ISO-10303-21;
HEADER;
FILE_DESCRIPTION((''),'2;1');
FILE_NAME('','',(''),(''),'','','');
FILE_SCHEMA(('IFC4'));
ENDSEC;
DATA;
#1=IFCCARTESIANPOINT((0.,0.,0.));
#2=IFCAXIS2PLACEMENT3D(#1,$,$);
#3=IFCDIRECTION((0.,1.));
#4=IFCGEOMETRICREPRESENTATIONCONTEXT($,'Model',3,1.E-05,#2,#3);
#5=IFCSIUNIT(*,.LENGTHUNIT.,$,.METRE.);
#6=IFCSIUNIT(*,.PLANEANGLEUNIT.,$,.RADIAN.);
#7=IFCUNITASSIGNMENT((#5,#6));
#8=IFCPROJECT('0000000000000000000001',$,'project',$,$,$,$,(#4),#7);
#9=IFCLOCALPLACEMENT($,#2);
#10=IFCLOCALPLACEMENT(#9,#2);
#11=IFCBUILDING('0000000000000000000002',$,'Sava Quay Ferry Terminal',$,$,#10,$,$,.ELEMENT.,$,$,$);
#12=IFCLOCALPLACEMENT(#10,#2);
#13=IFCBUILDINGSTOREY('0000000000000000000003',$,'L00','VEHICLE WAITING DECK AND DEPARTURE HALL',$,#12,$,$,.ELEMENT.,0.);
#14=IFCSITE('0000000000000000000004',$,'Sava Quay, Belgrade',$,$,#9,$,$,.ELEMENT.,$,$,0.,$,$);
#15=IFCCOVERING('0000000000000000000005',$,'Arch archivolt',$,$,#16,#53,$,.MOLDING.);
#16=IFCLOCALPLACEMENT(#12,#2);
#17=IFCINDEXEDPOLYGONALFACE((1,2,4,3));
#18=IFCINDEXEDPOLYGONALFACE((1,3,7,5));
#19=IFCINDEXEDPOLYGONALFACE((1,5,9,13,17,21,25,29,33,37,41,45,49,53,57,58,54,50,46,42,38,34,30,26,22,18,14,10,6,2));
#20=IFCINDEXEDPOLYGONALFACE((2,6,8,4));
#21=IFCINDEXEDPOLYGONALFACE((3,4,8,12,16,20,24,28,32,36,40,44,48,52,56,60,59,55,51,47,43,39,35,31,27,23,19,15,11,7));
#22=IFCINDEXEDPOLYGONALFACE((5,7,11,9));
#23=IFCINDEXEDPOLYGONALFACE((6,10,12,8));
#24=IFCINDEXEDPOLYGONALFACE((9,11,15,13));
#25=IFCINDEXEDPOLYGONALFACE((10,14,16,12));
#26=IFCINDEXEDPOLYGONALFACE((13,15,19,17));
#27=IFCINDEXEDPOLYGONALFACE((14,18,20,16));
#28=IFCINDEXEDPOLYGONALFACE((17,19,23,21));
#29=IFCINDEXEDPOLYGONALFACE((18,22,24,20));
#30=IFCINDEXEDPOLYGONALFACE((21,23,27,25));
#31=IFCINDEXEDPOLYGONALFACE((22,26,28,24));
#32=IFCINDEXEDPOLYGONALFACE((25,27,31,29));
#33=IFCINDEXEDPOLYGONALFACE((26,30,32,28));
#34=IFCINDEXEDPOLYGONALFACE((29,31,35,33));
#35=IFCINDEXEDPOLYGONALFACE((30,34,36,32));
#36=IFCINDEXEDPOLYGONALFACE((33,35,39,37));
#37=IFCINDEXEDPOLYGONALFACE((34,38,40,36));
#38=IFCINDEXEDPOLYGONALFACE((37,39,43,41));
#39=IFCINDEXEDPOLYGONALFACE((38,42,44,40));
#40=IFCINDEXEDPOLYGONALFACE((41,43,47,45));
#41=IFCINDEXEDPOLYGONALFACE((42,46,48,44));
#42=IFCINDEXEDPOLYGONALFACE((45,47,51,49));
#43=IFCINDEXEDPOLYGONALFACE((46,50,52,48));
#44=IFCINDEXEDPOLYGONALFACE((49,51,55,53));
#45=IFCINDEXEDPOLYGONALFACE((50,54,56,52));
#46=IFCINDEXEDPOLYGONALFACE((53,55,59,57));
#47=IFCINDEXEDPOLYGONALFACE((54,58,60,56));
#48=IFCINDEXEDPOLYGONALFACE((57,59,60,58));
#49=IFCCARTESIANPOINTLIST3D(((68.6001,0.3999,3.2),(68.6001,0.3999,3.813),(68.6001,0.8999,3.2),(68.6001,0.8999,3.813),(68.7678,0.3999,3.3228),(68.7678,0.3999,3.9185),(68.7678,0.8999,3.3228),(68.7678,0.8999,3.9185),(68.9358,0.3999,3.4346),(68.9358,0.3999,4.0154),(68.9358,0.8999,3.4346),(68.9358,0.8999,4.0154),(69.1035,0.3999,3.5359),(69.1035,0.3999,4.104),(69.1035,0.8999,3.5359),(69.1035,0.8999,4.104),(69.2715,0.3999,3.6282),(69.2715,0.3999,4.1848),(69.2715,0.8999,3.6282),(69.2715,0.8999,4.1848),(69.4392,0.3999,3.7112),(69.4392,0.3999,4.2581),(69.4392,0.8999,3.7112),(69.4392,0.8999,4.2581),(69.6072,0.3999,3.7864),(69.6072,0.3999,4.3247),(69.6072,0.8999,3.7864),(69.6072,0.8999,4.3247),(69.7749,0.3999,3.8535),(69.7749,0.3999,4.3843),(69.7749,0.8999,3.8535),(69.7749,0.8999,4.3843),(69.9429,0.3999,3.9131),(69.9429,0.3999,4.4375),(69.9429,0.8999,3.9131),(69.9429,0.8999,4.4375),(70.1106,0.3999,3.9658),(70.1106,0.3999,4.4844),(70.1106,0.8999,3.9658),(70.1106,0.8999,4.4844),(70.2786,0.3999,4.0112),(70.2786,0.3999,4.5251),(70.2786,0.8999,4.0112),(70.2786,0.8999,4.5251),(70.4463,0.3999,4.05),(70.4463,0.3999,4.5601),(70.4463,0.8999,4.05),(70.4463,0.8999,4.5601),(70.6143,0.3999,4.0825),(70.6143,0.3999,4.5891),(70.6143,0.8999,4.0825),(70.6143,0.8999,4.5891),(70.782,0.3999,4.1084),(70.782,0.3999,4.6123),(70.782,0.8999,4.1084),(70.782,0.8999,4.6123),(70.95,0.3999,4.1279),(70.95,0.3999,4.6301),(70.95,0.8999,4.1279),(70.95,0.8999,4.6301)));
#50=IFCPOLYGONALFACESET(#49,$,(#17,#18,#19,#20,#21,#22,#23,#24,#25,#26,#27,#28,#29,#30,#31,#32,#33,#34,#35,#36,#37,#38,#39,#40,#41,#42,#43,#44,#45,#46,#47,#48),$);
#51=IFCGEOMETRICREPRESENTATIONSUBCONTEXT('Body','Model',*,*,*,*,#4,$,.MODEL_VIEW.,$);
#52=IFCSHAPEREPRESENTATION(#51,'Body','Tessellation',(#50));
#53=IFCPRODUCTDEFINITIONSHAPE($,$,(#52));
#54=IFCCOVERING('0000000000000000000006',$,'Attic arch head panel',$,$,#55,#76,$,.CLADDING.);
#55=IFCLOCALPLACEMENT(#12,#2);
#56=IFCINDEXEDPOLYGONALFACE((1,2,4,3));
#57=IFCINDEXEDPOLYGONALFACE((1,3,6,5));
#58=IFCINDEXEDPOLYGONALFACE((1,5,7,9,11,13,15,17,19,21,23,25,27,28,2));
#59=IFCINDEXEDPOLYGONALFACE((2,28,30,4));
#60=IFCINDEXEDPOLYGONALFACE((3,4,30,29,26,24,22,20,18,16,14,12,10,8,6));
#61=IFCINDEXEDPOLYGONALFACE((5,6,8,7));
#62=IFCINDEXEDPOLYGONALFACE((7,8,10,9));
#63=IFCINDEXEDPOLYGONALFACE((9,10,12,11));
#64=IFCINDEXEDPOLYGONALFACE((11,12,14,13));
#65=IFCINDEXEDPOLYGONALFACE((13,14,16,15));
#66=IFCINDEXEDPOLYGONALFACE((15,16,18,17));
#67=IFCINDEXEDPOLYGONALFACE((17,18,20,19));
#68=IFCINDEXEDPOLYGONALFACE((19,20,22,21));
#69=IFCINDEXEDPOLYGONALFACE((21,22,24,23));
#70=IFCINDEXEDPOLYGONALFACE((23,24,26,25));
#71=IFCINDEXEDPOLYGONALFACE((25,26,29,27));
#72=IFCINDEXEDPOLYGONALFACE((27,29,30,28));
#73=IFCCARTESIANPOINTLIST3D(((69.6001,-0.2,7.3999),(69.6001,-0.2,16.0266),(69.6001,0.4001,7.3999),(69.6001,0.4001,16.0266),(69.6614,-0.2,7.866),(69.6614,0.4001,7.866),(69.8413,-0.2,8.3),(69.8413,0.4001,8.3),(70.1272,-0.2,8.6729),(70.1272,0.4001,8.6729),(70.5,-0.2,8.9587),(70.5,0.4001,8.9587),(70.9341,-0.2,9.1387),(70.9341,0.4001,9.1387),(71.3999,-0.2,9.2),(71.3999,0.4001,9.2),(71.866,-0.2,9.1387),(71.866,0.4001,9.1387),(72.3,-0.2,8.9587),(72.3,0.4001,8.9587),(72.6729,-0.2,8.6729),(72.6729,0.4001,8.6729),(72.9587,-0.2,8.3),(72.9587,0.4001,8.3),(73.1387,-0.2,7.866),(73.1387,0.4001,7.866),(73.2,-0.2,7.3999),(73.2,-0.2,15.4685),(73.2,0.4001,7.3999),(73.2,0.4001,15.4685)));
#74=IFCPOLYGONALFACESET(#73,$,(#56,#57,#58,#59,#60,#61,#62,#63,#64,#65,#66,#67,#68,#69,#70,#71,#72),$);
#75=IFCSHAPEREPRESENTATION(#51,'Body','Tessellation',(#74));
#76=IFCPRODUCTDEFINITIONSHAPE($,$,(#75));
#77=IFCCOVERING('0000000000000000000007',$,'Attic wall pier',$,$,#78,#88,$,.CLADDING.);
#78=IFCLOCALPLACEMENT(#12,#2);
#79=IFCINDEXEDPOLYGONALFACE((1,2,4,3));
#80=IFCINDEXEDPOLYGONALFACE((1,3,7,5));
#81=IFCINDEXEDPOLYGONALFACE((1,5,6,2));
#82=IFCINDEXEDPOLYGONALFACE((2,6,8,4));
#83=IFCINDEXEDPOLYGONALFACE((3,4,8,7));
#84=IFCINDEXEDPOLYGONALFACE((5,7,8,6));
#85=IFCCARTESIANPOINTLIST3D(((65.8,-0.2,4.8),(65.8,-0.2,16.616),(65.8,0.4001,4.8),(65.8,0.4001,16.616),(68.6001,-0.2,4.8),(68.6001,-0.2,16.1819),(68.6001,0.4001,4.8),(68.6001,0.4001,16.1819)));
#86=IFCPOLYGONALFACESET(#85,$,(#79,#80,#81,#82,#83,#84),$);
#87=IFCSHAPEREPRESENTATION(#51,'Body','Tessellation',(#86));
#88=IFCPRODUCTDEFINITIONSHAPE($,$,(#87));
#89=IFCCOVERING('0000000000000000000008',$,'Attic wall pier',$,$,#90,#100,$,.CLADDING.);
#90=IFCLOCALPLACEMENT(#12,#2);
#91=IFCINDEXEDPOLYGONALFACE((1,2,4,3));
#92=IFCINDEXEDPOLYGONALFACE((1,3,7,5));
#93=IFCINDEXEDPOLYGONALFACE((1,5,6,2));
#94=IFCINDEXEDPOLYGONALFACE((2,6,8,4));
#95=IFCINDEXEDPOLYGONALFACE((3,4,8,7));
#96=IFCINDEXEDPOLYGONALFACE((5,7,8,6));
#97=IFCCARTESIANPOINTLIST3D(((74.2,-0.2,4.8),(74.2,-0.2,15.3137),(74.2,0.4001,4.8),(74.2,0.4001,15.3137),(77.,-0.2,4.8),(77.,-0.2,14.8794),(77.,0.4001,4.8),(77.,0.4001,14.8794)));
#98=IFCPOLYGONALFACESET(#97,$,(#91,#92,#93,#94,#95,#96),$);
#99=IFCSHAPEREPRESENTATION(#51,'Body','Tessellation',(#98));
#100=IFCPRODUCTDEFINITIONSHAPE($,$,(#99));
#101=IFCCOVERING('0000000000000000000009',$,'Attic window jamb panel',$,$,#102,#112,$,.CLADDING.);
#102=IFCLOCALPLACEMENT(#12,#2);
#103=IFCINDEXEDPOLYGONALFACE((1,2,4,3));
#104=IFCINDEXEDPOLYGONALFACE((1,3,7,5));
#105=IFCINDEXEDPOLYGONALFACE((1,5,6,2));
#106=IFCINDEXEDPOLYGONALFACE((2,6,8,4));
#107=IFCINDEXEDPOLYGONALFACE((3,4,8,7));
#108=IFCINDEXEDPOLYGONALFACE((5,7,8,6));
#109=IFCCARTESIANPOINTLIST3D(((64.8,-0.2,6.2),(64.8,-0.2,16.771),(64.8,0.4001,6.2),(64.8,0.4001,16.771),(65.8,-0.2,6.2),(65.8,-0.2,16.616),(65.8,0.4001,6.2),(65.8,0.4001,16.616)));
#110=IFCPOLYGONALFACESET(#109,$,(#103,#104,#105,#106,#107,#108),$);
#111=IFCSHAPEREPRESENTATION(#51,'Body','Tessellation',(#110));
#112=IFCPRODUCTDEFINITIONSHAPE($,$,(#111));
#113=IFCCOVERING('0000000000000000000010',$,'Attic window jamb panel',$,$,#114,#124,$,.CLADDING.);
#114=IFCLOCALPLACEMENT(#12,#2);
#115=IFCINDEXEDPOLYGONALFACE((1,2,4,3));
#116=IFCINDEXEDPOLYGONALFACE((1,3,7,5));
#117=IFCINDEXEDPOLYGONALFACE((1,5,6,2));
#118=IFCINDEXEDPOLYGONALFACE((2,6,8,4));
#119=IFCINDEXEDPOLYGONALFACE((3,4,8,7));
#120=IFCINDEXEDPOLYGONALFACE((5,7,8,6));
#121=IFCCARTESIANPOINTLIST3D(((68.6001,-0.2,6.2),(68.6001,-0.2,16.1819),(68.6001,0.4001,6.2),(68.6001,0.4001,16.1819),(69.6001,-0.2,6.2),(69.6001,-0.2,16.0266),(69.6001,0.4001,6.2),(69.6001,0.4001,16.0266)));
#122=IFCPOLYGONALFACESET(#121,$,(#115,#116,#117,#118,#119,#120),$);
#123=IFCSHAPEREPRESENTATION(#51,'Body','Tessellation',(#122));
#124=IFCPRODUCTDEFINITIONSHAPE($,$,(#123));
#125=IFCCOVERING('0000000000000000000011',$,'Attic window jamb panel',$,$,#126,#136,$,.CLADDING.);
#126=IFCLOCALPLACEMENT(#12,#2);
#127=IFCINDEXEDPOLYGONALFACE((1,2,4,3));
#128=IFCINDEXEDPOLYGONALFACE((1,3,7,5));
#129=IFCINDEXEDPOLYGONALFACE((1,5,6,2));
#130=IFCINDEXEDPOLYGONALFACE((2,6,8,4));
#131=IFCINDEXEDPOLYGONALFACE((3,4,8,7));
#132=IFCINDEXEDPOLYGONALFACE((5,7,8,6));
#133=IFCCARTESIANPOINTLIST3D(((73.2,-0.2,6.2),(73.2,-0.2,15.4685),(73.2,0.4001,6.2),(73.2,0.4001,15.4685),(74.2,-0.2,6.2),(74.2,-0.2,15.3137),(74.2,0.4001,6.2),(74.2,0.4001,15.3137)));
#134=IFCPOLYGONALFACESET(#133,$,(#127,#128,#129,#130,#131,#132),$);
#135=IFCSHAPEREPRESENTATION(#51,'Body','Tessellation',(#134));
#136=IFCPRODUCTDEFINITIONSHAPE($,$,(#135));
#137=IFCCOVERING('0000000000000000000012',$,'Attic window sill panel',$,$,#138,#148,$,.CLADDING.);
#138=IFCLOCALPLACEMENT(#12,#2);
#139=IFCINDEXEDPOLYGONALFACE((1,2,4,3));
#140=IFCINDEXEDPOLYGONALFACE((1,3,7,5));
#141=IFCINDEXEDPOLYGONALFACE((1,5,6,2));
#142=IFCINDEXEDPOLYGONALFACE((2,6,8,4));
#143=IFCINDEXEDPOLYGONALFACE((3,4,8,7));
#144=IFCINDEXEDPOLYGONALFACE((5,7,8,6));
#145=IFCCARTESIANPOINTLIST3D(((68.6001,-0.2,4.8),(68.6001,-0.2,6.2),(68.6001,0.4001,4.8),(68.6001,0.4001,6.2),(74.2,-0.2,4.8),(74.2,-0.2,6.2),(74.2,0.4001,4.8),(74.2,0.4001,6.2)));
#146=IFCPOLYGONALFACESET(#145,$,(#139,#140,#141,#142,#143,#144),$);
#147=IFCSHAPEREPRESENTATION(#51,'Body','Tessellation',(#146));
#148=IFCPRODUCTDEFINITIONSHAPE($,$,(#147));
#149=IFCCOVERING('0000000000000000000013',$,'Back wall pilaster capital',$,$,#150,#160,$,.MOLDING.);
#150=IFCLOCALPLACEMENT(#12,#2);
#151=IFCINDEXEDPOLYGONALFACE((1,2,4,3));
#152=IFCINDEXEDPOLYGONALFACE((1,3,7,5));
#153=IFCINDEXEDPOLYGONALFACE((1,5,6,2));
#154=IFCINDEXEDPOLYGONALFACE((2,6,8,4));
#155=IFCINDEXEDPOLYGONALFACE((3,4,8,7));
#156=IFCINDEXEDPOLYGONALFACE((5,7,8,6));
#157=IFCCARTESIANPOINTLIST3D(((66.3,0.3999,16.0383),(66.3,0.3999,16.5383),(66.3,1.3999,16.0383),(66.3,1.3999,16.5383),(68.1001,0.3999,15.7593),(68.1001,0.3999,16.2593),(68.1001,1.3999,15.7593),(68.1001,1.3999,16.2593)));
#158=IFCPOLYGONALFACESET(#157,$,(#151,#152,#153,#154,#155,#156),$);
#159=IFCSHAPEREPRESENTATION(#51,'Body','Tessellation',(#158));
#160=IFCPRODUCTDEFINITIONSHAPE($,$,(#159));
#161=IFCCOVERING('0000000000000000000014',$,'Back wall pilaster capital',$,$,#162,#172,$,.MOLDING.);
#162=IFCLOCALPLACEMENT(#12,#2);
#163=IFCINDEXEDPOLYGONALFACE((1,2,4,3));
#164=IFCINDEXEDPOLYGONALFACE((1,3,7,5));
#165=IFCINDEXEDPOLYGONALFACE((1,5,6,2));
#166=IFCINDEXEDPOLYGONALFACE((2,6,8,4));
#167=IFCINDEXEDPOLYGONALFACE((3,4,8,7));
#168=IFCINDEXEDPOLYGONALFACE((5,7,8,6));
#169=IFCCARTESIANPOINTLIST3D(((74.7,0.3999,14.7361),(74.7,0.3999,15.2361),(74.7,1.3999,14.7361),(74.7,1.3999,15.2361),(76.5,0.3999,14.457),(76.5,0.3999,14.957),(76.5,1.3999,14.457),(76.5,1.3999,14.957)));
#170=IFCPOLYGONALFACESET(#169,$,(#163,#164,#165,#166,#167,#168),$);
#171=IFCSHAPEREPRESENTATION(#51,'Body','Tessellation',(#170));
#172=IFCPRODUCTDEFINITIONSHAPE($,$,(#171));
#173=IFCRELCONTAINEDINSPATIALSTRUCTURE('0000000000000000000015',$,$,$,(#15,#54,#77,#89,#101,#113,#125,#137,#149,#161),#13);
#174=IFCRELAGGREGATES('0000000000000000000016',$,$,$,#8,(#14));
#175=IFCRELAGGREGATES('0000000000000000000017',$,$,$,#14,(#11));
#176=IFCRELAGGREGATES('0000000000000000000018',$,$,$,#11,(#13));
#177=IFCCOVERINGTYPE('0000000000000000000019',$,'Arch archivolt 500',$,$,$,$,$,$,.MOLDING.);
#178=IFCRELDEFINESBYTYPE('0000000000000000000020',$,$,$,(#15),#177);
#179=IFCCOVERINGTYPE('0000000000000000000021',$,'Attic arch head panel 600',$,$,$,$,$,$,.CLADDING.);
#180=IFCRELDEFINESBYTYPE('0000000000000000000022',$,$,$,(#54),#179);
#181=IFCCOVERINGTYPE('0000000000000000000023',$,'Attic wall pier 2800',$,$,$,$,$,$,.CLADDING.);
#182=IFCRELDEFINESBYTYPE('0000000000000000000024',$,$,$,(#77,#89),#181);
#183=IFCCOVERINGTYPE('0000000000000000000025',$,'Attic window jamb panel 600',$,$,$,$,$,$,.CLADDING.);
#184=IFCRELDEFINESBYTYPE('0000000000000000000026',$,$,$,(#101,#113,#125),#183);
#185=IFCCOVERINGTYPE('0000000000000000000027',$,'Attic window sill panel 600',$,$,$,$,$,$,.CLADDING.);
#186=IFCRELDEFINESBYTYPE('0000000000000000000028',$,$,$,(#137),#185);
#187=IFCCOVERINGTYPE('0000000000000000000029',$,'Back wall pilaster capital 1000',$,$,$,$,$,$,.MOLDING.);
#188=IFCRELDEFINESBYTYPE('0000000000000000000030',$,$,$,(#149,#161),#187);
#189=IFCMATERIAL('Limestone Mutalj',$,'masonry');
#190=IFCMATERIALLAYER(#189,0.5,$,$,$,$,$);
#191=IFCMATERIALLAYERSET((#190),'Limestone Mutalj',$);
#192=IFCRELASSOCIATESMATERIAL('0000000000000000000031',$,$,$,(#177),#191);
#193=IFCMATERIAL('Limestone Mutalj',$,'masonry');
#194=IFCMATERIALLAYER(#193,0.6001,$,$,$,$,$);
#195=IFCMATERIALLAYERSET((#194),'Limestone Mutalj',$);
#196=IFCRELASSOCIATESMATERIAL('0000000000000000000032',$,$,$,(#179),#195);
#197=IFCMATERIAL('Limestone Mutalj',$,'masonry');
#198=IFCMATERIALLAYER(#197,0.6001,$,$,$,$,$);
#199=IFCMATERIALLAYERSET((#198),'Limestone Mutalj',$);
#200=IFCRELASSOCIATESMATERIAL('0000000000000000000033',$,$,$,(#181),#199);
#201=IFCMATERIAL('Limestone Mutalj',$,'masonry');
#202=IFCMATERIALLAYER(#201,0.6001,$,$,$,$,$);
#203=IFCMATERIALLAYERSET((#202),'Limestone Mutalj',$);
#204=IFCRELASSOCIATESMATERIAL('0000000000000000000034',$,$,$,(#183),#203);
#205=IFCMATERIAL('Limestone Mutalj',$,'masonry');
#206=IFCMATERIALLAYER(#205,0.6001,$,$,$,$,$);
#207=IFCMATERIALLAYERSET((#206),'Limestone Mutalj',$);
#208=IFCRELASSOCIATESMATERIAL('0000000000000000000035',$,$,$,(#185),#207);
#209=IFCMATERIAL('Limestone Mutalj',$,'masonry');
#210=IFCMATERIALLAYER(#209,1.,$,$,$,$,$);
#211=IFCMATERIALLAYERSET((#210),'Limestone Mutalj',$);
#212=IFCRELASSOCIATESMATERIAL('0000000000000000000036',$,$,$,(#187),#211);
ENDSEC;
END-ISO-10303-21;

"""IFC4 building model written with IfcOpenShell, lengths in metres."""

from ifc_helpers import new_model, si_unit, direction, frame, origin, place, context, subcontext, project, spatial, polyline, outline, extrude, material, layer, layer_set, type_object, element, save


model = new_model("IFC4")

# Units and contexts
model_context = context("Model", 3, precision=1e-05, world=origin(), true_north=direction((0.0, 1.0)))
body_context = subcontext(model_context, "Body", "Model", "MODEL_VIEW")
ifc_project = project(units=[si_unit("LENGTHUNIT", "METRE"), si_unit("PLANEANGLEUNIT", "RADIAN")], contexts=[model_context])

# Site, building, storey
site_placement = place(None, origin())
site = spatial("IfcSite", under=ifc_project, at=site_placement, Name="Sava Quay, Belgrade", CompositionType="ELEMENT", RefElevation=0.0)
building_placement = place(site_placement, origin())
building = spatial("IfcBuilding", under=site, at=building_placement, Name="Sava Quay Ferry Terminal", CompositionType="ELEMENT")
storey_placement = place(building_placement, origin())
storey = spatial("IfcBuildingStorey", under=building, at=storey_placement, Name="L00", Description="VEHICLE WAITING DECK AND DEPARTURE HALL", CompositionType="ELEMENT", Elevation=0.0)

# Coverings
ifc_material_1 = material(Name="Limestone Mutalj", Category="masonry")
ifc_layer_1 = layer(ifc_material_1, 0.5)
ifc_layer_set_1 = layer_set([ifc_layer_1], Name="Limestone Mutalj")
covering_type_1 = type_object("IfcCoveringType", Name="Arch archivolt 500", PredefinedType="MOLDING", material=ifc_layer_set_1)
covering_1_placement = place(storey_placement, frame((68.6001, 0.3999, 3.2), z_axis=(0.0, -1.0, 0.0), x_axis=(0.806853, 0.0, 0.590753)))
element("IfcCovering", 1, at=covering_1_placement, inside=storey, type_object=covering_type_1, Name="Arch archivolt", PredefinedType="MOLDING", context=body_context, shape_type="SweptSolid", body=[
    extrude(outline(polyline([(0.0, 0.0), (0.2079, 0.0), (0.4095, -0.009), (0.6046, -0.0263), (0.7947, -0.0511), (0.9791, -0.0832), (1.159, -0.1218), (1.334, -0.1667), (1.5047, -0.2179), (1.6712, -0.2744), (1.8335, -0.337), (1.9918, -0.4047), (2.1465, -0.4778), (2.2971, -0.556), (2.4442, -0.6394), (2.7409, -0.2342), (2.5948, -0.1494), (2.4458, -0.069), (2.2931, 0.0068), (2.1371, 0.0777), (1.9775, 0.144), (1.8145, 0.2053), (1.6475, 0.2616), (1.477, 0.3126), (1.3021, 0.358), (1.1235, 0.398), (0.9403, 0.432), (0.7526, 0.4596), (0.5598, 0.4806), (0.3622, 0.4946), (0.0, 0.0)])), origin(), (0.0, 0.0, -1.0), 0.5),
])
ifc_material_2 = material(Name="Limestone Mutalj", Category="masonry")
ifc_layer_2 = layer(ifc_material_2, 0.6001)
ifc_layer_set_2 = layer_set([ifc_layer_2], Name="Limestone Mutalj")
covering_type_2 = type_object("IfcCoveringType", Name="Attic arch head panel 600", PredefinedType="CLADDING", material=ifc_layer_set_2)
covering_2_placement = place(storey_placement, frame((69.6001, -0.2, 7.3999), z_axis=(0.0, -1.0, 0.0), x_axis=(0.13036, 0.0, 0.991467)))
element("IfcCovering", 2, at=covering_2_placement, inside=storey, type_object=covering_type_2, Name="Attic arch head panel", PredefinedType="CLADDING", context=body_context, shape_type="SweptSolid", body=[
    extrude(outline(polyline([(0.0, 0.0), (0.4701, 0.0), (0.9239, -0.1218), (1.3308, -0.3567), (1.6628, -0.689), (1.8978, -1.0959), (2.0193, -1.5498), (2.0193, -2.0199), (1.8975, -2.4737), (1.6627, -2.8806), (1.3303, -3.2126), (0.9234, -3.4476), (0.4693, -3.5691), (8.469, -2.5173), (8.5531, 1.1246), (0.0, 0.0)])), origin(), (0.0, 0.0, -1.0), 0.6001),
])
ifc_material_3 = material(Name="Limestone Mutalj", Category="masonry")
ifc_layer_3 = layer(ifc_material_3, 0.6001)
ifc_layer_set_3 = layer_set([ifc_layer_3], Name="Limestone Mutalj")
covering_type_3 = type_object("IfcCoveringType", Name="Attic wall pier 2800", PredefinedType="CLADDING", material=ifc_layer_set_3)
covering_3_placement = place(storey_placement, frame((65.8, -0.2, 4.8), z_axis=(0.0, -1.0, 0.0), x_axis=(1.0, 0.0, 0.0)))
element("IfcCovering", 3, at=covering_3_placement, inside=storey, type_object=covering_type_3, Name="Attic wall pier", PredefinedType="CLADDING", context=body_context, shape_type="SweptSolid", body=[
    extrude(outline(polyline([(0.0, 0.0), (2.8, 0.0), (2.8, 11.3818), (0.0, 11.8159), (0.0, 0.0)])), origin(), (0.0, 0.0, -1.0), 0.6001),
])
covering_4_placement = place(storey_placement, frame((74.2, -0.2, 4.8), z_axis=(0.0, -1.0, 0.0), x_axis=(1.0, 0.0, 0.0)))
element("IfcCovering", 4, at=covering_4_placement, inside=storey, type_object=covering_type_3, Name="Attic wall pier", PredefinedType="CLADDING", context=body_context, shape_type="SweptSolid", body=[
    extrude(outline(polyline([(0.0, 0.0), (2.8, 0.0), (2.8, 10.0793), (0.0, 10.5137), (0.0, 0.0)])), origin(), (0.0, 0.0, -1.0), 0.6001),
])
ifc_material_4 = material(Name="Limestone Mutalj", Category="masonry")
ifc_layer_4 = layer(ifc_material_4, 0.6001)
ifc_layer_set_4 = layer_set([ifc_layer_4], Name="Limestone Mutalj")
covering_type_4 = type_object("IfcCoveringType", Name="Attic window jamb panel 600", PredefinedType="CLADDING", material=ifc_layer_set_4)
covering_5_placement = place(storey_placement, frame((64.8, -0.2, 6.2), z_axis=(0.0, -1.0, 0.0), x_axis=(1.0, 0.0, 0.0)))
element("IfcCovering", 5, at=covering_5_placement, inside=storey, type_object=covering_type_4, Name="Attic window jamb panel", PredefinedType="CLADDING", context=body_context, shape_type="SweptSolid", body=[
    extrude(outline(polyline([(0.0, 0.0), (1.0, 0.0), (1.0, 10.416), (0.0, 10.571), (0.0, 0.0)])), origin(), (0.0, 0.0, -1.0), 0.6001),
])
covering_6_placement = place(storey_placement, frame((68.6001, -0.2, 6.2), z_axis=(0.0, -1.0, 0.0), x_axis=(1.0, 0.0, 0.0)))
element("IfcCovering", 6, at=covering_6_placement, inside=storey, type_object=covering_type_4, Name="Attic window jamb panel", PredefinedType="CLADDING", context=body_context, shape_type="SweptSolid", body=[
    extrude(outline(polyline([(0.0, 0.0), (1.0, 0.0), (1.0, 9.8267), (0.0, 9.9819), (0.0, 0.0)])), origin(), (0.0, 0.0, -1.0), 0.6001),
])
covering_7_placement = place(storey_placement, frame((73.2, -0.2, 6.2), z_axis=(0.0, -1.0, 0.0), x_axis=(1.0, 0.0, 0.0)))
element("IfcCovering", 7, at=covering_7_placement, inside=storey, type_object=covering_type_4, Name="Attic window jamb panel", PredefinedType="CLADDING", context=body_context, shape_type="SweptSolid", body=[
    extrude(outline(polyline([(0.0, 0.0), (1.0, 0.0), (1.0, 9.1138), (0.0, 9.2686), (0.0, 0.0)])), origin(), (0.0, 0.0, -1.0), 0.6001),
])
ifc_material_5 = material(Name="Limestone Mutalj", Category="masonry")
ifc_layer_5 = layer(ifc_material_5, 0.6001)
ifc_layer_set_5 = layer_set([ifc_layer_5], Name="Limestone Mutalj")
covering_type_5 = type_object("IfcCoveringType", Name="Attic window sill panel 600", PredefinedType="CLADDING", material=ifc_layer_set_5)
covering_8_placement = place(storey_placement, frame((68.6001, -0.2, 4.8), z_axis=(0.0, -1.0, 0.0), x_axis=(1.0, 0.0, 0.0)))
element("IfcCovering", 8, at=covering_8_placement, inside=storey, type_object=covering_type_5, Name="Attic window sill panel", PredefinedType="CLADDING", context=body_context, shape_type="SweptSolid", body=[
    extrude(outline(polyline([(0.0, 0.0), (5.5999, 0.0), (5.5999, 1.3999), (0.0, 1.3999), (0.0, 0.0)])), origin(), (0.0, 0.0, -1.0), 0.6001),
])
ifc_material_6 = material(Name="Limestone Mutalj", Category="masonry")
ifc_layer_6 = layer(ifc_material_6, 1.0)
ifc_layer_set_6 = layer_set([ifc_layer_6], Name="Limestone Mutalj")
covering_type_6 = type_object("IfcCoveringType", Name="Back wall pilaster capital 1000", PredefinedType="MOLDING", material=ifc_layer_set_6)
for number, where, z_axis, x_axis, name in (
    (9, (66.3, 0.3999, 16.0383), (0.0, -1.0, 0.0), (0.988196, 0.0, -0.153195), "Back wall pilaster capital"),
    (10, (74.7, 0.3999, 14.7361), (0.0, -1.0, 0.0), (0.988196, 0.0, -0.153195), "Back wall pilaster capital"),
):
    element("IfcCovering", number, at=place(storey_placement, frame(where, z_axis=z_axis, x_axis=x_axis)), inside=storey, type_object=covering_type_6, Name=name, PredefinedType="MOLDING", context=body_context, shape_type="SweptSolid", body=[
        extrude(outline(polyline([(0.0, 0.0), (1.8216, 0.0), (1.745, 0.4941), (-0.0766, 0.4941), (0.0, 0.0)])), origin(), (0.0, 0.0, -1.0), 1.0),
    ])

save(model, "model.ifc")
